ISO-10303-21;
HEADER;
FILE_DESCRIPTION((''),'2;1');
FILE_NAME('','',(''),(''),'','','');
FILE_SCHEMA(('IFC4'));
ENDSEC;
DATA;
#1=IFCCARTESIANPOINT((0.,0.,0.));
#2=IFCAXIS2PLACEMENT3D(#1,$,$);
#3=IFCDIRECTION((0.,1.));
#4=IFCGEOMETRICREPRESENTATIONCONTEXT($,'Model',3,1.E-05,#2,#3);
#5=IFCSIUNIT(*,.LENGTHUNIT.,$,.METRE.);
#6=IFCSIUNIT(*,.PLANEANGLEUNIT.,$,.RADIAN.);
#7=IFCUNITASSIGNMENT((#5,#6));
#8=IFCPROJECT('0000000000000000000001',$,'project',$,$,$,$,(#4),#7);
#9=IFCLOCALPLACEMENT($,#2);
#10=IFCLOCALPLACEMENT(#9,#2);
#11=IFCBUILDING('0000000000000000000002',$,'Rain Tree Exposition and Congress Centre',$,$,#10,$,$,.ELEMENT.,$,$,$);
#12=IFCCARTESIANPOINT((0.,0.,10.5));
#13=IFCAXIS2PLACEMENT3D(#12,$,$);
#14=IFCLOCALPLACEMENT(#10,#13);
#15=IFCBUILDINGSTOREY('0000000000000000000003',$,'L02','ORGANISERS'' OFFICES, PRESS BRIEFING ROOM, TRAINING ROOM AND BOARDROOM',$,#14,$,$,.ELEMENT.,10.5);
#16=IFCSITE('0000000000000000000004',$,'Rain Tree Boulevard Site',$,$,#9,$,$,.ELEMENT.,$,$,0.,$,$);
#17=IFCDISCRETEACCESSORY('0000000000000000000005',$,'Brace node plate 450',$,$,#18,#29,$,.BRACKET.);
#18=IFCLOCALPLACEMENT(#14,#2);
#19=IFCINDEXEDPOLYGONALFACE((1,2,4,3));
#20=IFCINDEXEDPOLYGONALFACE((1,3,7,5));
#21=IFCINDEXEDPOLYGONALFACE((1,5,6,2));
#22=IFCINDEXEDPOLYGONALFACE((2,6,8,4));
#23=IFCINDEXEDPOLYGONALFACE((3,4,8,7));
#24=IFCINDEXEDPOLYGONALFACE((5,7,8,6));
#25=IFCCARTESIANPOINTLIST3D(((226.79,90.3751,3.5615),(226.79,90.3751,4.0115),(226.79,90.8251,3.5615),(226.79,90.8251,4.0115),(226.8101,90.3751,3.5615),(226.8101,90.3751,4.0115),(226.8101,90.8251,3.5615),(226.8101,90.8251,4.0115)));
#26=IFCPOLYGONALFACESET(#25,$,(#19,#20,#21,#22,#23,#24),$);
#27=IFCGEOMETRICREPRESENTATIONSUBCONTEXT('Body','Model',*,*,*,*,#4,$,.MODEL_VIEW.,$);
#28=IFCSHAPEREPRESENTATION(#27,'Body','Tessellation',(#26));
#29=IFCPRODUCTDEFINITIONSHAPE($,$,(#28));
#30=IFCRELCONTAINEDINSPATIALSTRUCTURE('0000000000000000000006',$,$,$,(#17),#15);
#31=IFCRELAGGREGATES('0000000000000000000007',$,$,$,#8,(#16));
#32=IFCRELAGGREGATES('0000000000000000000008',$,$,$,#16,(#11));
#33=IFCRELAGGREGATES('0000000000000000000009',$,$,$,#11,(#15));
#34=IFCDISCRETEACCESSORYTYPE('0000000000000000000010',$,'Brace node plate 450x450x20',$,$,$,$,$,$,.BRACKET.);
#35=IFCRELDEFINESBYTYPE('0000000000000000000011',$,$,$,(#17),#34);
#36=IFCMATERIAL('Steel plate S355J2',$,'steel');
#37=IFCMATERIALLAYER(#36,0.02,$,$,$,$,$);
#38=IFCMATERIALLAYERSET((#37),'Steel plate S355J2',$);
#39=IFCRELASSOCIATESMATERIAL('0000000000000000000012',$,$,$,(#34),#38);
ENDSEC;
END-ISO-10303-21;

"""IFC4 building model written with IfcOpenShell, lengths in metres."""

from ifc_helpers import new_model, si_unit, direction, frame, origin, origin_2d, place, context, subcontext, project, spatial, rectangle, extrude, material, layer, layer_set, type_object, element, save


model = new_model("IFC4")

# Units and contexts
model_context = context("Model", 3, precision=1e-05, world=origin(), true_north=direction((0.0, 1.0)))
body_context = subcontext(model_context, "Body", "Model", "MODEL_VIEW")
ifc_project = project(units=[si_unit("LENGTHUNIT", "METRE"), si_unit("PLANEANGLEUNIT", "RADIAN")], contexts=[model_context])

# Site, building, storey
site_placement = place(None, origin())
site = spatial("IfcSite", under=ifc_project, at=site_placement, Name="Rain Tree Boulevard Site", CompositionType="ELEMENT", RefElevation=0.0)
building_placement = place(site_placement, origin())
building = spatial("IfcBuilding", under=site, at=building_placement, Name="Rain Tree Exposition and Congress Centre", CompositionType="ELEMENT")
storey_placement = place(building_placement, frame((0.0, 0.0, 10.5)))
storey = spatial("IfcBuildingStorey", under=building, at=storey_placement, Name="L02", Description="ORGANISERS' OFFICES, PRESS BRIEFING ROOM, TRAINING ROOM AND BOARDROOM", CompositionType="ELEMENT", Elevation=10.5)

# Discrete accessory
ifc_material_1 = material(Name="Steel plate S355J2", Category="steel")
ifc_layer = layer(ifc_material_1, 0.02)
ifc_layer_set = layer_set([ifc_layer], Name="Steel plate S355J2")
discrete_accessory_type = type_object("IfcDiscreteAccessoryType", Name="Brace node plate 450x450x20", PredefinedType="BRACKET", material=ifc_layer_set)
for number, where, z_axis, x_axis, name in (
    (1, (226.8, 90.6001, 3.5615), (0.0, 0.0, 1.0), (0.0, 1.0, 0.0), "Brace node plate 450"),
):
    element("IfcDiscreteAccessory", number, at=place(storey_placement, frame(where, z_axis=z_axis, x_axis=x_axis)), inside=storey, type_object=discrete_accessory_type, Name=name, PredefinedType="BRACKET", context=body_context, shape_type="SweptSolid", body=[
        extrude(rectangle(XDim=0.45, YDim=0.02, at=origin_2d()), origin(), (0.0, 0.0, 1.0), 0.45),
    ])

save(model, "model.ifc")
